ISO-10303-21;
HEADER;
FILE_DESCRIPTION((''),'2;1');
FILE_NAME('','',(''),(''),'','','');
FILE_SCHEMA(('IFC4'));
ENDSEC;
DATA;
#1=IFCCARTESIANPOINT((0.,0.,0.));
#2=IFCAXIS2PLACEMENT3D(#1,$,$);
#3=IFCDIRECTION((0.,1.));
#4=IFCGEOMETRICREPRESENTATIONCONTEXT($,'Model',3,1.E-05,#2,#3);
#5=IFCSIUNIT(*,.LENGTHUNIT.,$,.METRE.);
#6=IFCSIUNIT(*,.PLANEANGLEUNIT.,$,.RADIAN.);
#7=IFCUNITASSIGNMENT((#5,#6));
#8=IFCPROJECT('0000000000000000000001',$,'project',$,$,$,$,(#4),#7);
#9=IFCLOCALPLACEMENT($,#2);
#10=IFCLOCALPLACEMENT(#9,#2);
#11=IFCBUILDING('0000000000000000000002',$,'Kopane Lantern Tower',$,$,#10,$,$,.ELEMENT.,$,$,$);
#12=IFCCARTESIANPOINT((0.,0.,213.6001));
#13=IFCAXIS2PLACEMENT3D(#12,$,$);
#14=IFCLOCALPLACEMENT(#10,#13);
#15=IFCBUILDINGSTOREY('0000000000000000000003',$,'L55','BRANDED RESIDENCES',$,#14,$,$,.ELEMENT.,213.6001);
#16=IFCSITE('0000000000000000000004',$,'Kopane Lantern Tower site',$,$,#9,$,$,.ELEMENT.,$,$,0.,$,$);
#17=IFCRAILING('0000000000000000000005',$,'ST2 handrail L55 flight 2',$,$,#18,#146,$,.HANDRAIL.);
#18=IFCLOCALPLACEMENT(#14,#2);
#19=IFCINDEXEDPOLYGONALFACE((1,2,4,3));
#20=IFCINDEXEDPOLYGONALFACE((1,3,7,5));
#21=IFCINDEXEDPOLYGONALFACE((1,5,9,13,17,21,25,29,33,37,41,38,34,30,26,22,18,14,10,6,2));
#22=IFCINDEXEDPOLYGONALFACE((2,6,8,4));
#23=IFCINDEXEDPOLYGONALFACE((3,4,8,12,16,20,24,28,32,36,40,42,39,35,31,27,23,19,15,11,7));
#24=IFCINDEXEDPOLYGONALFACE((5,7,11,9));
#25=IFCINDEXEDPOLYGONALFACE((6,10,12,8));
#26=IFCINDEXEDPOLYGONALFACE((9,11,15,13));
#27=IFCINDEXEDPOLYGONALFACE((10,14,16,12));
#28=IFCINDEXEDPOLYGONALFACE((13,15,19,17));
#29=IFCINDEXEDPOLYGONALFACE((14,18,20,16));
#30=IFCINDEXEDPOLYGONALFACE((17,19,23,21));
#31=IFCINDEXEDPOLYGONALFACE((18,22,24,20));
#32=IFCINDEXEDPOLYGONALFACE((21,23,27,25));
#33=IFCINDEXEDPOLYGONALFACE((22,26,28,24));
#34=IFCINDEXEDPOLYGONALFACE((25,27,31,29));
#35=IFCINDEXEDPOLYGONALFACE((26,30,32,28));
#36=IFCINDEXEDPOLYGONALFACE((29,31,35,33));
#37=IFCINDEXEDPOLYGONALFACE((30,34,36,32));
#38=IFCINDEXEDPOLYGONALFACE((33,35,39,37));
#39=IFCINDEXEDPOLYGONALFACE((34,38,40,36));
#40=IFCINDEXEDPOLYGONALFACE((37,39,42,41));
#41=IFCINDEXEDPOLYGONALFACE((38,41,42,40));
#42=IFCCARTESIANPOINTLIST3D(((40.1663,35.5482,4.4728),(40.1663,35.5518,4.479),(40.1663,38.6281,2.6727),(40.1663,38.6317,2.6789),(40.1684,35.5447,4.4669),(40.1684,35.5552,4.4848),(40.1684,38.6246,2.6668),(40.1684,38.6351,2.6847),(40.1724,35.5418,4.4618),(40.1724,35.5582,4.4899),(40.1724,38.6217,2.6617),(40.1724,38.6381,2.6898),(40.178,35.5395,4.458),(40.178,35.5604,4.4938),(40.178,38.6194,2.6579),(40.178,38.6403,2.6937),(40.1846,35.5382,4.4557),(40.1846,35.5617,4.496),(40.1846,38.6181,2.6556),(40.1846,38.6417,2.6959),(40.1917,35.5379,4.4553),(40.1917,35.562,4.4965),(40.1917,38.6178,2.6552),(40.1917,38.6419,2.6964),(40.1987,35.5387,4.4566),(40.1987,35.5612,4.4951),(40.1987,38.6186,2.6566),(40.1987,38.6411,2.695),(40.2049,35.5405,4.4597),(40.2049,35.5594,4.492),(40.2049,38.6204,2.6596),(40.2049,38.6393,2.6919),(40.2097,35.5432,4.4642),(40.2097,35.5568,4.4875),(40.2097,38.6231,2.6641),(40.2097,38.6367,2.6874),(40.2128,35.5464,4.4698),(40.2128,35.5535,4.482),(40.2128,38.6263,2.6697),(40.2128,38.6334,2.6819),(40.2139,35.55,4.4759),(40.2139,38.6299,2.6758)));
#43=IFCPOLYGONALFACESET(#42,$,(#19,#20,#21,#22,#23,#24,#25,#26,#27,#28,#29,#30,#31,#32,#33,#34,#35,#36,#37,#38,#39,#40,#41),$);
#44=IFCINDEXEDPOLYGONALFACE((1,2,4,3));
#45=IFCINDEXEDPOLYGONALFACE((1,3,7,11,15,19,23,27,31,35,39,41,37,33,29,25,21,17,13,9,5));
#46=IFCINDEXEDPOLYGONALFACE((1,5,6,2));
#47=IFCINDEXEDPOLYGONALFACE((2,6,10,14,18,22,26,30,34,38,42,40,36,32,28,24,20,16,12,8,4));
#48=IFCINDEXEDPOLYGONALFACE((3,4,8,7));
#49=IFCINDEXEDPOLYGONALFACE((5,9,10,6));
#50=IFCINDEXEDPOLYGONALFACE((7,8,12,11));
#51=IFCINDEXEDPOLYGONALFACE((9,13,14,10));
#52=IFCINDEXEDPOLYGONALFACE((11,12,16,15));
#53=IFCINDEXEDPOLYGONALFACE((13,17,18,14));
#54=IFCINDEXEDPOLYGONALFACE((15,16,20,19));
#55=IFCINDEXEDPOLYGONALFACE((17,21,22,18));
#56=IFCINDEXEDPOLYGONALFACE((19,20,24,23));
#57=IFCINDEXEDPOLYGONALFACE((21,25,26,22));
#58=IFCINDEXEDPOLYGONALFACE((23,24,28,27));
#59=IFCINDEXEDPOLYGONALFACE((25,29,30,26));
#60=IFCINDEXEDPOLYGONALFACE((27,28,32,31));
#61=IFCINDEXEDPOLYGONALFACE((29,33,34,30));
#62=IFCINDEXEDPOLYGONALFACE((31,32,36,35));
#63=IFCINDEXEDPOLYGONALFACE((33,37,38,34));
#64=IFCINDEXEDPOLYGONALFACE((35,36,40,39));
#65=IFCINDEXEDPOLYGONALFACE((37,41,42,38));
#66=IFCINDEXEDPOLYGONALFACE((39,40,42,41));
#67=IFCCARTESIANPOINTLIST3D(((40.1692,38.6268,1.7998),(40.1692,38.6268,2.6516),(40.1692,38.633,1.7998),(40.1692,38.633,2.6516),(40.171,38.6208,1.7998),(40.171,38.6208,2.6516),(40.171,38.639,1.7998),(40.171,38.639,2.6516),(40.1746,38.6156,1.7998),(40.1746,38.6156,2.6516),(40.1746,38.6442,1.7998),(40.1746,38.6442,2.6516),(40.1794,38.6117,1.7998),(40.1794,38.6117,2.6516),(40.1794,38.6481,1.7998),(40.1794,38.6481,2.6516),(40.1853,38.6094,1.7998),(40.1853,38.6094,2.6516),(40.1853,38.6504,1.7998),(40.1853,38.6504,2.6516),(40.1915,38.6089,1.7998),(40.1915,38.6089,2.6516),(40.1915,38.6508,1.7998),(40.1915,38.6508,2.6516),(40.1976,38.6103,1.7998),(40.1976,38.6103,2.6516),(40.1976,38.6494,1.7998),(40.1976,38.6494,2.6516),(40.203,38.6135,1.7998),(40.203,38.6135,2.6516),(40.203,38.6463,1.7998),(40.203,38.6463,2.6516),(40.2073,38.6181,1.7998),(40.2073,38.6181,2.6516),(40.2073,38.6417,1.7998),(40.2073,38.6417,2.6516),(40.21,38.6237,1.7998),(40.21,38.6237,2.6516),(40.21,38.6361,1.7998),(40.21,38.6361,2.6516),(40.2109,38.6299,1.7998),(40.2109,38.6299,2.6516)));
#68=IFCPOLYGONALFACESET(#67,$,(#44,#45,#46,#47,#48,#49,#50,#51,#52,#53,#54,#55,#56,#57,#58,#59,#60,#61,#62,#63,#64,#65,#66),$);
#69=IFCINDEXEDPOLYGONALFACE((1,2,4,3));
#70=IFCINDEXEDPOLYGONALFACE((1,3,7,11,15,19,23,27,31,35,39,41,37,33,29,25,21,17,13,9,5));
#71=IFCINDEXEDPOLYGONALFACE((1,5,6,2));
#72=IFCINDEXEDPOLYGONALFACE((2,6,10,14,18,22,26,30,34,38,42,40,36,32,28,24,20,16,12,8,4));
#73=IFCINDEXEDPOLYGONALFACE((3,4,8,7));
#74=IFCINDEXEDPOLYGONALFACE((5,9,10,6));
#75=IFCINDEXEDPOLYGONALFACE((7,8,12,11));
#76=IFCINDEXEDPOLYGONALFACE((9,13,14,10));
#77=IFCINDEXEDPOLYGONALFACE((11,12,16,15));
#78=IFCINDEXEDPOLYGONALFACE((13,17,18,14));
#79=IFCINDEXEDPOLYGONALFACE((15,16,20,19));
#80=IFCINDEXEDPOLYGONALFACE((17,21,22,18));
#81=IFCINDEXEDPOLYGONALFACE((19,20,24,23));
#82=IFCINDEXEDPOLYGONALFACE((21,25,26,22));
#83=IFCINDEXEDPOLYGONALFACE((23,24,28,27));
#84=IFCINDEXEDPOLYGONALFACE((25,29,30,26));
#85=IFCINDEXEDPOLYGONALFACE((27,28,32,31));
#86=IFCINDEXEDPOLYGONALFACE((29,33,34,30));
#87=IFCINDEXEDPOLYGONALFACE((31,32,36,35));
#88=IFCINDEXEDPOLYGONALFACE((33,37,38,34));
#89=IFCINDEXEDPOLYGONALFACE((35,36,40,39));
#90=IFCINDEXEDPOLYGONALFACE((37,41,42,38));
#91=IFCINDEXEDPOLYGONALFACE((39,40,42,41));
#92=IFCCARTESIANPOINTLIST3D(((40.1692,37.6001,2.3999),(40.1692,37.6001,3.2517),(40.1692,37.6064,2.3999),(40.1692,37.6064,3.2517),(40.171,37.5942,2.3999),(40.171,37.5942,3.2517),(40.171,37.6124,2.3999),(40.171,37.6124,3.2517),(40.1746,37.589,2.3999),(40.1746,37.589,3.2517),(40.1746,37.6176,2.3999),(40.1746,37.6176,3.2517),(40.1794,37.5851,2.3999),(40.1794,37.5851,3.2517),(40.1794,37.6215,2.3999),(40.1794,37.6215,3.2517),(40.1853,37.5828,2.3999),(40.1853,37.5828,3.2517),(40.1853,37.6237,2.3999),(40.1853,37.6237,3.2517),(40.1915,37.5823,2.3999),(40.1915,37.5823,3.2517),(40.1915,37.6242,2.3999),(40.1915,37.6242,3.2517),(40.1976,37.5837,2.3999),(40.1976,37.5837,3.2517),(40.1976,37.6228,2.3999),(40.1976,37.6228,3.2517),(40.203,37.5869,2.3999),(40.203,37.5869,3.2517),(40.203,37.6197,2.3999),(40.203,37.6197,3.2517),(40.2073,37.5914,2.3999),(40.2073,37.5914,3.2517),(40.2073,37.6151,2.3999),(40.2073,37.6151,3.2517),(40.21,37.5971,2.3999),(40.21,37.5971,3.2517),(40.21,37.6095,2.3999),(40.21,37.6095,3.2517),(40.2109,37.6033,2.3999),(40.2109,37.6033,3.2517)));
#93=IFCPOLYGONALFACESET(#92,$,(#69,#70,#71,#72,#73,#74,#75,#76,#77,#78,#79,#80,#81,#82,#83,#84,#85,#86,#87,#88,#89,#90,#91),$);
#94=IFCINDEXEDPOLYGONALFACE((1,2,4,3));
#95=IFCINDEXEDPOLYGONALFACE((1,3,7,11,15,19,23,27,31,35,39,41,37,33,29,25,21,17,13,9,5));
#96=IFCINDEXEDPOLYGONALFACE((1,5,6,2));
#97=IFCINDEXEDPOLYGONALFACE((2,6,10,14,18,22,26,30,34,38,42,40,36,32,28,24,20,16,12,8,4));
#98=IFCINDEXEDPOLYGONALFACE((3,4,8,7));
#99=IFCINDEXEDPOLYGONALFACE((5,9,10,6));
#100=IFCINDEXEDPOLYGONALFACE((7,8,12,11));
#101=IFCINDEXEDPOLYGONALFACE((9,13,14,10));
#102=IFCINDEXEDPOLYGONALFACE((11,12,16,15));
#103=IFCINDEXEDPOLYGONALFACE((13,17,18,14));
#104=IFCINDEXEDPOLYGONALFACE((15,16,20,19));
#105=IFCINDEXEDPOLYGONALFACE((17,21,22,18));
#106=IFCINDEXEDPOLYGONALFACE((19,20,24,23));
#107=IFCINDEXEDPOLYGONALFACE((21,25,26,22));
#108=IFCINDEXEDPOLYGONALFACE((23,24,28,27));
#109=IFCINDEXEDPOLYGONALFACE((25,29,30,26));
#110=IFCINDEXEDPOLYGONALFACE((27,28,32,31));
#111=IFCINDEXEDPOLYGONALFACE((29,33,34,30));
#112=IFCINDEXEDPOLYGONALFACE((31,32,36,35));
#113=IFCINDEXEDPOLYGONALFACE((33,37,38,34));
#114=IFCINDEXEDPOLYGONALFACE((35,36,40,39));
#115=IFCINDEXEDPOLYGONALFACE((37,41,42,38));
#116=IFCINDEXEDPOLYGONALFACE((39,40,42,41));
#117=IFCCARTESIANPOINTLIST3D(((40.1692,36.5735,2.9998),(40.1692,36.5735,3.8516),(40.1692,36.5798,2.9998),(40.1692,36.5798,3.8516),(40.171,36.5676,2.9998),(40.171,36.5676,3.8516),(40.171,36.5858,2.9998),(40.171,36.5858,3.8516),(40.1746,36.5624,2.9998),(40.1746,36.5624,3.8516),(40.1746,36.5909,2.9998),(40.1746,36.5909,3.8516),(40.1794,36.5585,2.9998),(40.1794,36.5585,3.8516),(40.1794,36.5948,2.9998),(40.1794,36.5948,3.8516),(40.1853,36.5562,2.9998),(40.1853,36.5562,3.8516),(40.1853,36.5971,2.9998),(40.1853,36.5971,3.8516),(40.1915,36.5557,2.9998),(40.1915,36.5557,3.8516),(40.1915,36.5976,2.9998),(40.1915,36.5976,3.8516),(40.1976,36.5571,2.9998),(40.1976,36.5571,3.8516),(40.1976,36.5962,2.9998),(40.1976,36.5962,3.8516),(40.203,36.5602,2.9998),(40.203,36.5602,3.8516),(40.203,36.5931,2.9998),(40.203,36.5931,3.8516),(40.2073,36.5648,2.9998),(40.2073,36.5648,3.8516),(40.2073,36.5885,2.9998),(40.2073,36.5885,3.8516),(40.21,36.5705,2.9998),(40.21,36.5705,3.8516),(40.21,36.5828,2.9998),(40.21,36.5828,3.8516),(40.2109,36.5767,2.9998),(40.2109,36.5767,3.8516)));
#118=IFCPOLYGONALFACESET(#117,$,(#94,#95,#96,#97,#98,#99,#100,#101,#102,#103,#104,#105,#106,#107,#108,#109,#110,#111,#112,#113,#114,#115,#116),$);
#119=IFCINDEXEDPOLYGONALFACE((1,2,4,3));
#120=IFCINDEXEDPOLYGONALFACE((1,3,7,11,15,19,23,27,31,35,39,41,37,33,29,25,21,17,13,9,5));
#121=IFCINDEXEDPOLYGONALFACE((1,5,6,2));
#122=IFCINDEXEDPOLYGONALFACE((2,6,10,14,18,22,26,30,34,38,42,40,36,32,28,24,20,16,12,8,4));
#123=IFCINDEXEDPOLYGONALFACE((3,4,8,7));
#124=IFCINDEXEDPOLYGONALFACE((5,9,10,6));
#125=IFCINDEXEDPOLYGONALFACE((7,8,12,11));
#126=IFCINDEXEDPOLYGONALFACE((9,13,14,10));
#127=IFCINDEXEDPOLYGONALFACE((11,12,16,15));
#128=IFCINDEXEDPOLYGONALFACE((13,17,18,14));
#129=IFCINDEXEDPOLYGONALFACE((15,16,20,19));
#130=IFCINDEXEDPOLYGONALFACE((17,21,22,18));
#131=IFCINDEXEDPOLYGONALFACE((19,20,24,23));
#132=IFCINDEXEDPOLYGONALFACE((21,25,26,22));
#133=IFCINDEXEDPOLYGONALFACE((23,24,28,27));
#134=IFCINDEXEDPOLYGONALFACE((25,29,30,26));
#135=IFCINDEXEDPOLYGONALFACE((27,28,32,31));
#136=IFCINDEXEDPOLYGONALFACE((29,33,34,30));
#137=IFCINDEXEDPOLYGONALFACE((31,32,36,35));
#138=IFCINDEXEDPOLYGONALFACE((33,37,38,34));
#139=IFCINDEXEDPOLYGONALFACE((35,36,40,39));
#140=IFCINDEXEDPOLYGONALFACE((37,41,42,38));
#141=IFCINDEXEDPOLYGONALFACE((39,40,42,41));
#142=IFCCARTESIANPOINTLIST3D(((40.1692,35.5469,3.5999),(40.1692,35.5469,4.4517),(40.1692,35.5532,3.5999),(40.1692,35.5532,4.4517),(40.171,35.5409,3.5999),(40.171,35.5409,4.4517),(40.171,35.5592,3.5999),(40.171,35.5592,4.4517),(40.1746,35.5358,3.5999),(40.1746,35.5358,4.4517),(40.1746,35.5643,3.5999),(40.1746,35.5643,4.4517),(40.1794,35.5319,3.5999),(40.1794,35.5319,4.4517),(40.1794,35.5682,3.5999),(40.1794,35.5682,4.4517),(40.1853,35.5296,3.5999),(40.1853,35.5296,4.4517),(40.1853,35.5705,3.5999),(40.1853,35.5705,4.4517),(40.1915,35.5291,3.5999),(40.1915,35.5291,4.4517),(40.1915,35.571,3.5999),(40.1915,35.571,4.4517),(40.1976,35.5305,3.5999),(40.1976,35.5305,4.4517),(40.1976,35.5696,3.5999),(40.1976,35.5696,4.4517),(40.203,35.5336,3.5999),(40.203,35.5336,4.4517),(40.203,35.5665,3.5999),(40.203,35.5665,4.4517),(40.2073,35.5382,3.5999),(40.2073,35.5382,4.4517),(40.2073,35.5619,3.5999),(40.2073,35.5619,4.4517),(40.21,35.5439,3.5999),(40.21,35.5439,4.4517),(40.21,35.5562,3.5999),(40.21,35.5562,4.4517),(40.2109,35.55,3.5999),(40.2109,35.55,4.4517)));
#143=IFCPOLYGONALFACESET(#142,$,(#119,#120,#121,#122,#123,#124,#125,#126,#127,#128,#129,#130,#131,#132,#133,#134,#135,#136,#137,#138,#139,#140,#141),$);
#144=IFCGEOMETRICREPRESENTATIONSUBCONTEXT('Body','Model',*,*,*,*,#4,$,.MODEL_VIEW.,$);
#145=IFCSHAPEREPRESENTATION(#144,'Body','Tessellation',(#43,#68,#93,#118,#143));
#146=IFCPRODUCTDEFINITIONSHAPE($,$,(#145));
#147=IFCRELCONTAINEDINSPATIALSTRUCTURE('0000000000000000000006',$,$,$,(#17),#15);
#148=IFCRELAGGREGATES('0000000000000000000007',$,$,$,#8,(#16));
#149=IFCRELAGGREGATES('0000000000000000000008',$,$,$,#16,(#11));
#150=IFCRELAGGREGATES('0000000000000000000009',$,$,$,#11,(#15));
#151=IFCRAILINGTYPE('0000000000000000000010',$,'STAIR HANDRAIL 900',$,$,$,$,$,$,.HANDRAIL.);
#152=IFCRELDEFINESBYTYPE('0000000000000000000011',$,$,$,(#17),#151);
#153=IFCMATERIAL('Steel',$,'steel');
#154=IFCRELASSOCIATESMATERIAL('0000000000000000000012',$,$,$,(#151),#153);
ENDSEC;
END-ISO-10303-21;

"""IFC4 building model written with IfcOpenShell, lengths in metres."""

from ifc_helpers import new_model, si_unit, direction, frame, origin, origin_2d, place, context, subcontext, project, spatial, circle, extrude, material, type_object, element, save


model = new_model("IFC4")

# Units and contexts
model_context = context("Model", 3, precision=1e-05, world=origin(), true_north=direction((0.0, 1.0)))
body_context = subcontext(model_context, "Body", "Model", "MODEL_VIEW")
ifc_project = project(units=[si_unit("LENGTHUNIT", "METRE"), si_unit("PLANEANGLEUNIT", "RADIAN")], contexts=[model_context])

# Site, building, storey
site_placement = place(None, origin())
site = spatial("IfcSite", under=ifc_project, at=site_placement, Name="Kopane Lantern Tower site", CompositionType="ELEMENT", RefElevation=0.0)
building_placement = place(site_placement, origin())
building = spatial("IfcBuilding", under=site, at=building_placement, Name="Kopane Lantern Tower", CompositionType="ELEMENT")
storey_placement = place(building_placement, frame((0.0, 0.0, 213.6001)))
storey = spatial("IfcBuildingStorey", under=building, at=storey_placement, Name="L55", Description="BRANDED RESIDENCES", CompositionType="ELEMENT", Elevation=213.6001)

# Railing
ifc_material_1 = material(Name="Steel", Category="steel")
railing_type_1 = type_object("IfcRailingType", Name="STAIR HANDRAIL 900", PredefinedType="HANDRAIL", material=ifc_material_1)
for number, where, name in (
    (1, (40.1899, 38.6299, 1.7998), "ST2 handrail L55 flight 2"),
):
    element("IfcRailing", number, at=place(storey_placement, frame(where)), inside=storey, type_object=railing_type_1, Name=name, PredefinedType="HANDRAIL", context=body_context, shape_type="SweptSolid", body=[
        extrude(circle(Radius=0.0239, at=origin_2d()), frame((0.0, 0.0, 0.876), z_axis=(0.0, -0.863354, 0.504598), x_axis=(1.0, 0.0, 0.0)), (0.0, 0.0, 1.0), 3.5674),
        extrude(circle(Radius=0.021, at=origin_2d()), origin(), (0.0, 0.0, 1.0), 0.8518),
        extrude(circle(Radius=0.021, at=origin_2d()), frame((0.0, -1.0266, 0.6001)), (0.0, 0.0, 1.0), 0.8518),
        extrude(circle(Radius=0.021, at=origin_2d()), frame((0.0, -2.0532, 1.2)), (0.0, 0.0, 1.0), 0.8518),
        extrude(circle(Radius=0.021, at=origin_2d()), frame((0.0, -3.0798, 1.8)), (0.0, 0.0, 1.0), 0.8518),
    ])

save(model, "model.ifc")
